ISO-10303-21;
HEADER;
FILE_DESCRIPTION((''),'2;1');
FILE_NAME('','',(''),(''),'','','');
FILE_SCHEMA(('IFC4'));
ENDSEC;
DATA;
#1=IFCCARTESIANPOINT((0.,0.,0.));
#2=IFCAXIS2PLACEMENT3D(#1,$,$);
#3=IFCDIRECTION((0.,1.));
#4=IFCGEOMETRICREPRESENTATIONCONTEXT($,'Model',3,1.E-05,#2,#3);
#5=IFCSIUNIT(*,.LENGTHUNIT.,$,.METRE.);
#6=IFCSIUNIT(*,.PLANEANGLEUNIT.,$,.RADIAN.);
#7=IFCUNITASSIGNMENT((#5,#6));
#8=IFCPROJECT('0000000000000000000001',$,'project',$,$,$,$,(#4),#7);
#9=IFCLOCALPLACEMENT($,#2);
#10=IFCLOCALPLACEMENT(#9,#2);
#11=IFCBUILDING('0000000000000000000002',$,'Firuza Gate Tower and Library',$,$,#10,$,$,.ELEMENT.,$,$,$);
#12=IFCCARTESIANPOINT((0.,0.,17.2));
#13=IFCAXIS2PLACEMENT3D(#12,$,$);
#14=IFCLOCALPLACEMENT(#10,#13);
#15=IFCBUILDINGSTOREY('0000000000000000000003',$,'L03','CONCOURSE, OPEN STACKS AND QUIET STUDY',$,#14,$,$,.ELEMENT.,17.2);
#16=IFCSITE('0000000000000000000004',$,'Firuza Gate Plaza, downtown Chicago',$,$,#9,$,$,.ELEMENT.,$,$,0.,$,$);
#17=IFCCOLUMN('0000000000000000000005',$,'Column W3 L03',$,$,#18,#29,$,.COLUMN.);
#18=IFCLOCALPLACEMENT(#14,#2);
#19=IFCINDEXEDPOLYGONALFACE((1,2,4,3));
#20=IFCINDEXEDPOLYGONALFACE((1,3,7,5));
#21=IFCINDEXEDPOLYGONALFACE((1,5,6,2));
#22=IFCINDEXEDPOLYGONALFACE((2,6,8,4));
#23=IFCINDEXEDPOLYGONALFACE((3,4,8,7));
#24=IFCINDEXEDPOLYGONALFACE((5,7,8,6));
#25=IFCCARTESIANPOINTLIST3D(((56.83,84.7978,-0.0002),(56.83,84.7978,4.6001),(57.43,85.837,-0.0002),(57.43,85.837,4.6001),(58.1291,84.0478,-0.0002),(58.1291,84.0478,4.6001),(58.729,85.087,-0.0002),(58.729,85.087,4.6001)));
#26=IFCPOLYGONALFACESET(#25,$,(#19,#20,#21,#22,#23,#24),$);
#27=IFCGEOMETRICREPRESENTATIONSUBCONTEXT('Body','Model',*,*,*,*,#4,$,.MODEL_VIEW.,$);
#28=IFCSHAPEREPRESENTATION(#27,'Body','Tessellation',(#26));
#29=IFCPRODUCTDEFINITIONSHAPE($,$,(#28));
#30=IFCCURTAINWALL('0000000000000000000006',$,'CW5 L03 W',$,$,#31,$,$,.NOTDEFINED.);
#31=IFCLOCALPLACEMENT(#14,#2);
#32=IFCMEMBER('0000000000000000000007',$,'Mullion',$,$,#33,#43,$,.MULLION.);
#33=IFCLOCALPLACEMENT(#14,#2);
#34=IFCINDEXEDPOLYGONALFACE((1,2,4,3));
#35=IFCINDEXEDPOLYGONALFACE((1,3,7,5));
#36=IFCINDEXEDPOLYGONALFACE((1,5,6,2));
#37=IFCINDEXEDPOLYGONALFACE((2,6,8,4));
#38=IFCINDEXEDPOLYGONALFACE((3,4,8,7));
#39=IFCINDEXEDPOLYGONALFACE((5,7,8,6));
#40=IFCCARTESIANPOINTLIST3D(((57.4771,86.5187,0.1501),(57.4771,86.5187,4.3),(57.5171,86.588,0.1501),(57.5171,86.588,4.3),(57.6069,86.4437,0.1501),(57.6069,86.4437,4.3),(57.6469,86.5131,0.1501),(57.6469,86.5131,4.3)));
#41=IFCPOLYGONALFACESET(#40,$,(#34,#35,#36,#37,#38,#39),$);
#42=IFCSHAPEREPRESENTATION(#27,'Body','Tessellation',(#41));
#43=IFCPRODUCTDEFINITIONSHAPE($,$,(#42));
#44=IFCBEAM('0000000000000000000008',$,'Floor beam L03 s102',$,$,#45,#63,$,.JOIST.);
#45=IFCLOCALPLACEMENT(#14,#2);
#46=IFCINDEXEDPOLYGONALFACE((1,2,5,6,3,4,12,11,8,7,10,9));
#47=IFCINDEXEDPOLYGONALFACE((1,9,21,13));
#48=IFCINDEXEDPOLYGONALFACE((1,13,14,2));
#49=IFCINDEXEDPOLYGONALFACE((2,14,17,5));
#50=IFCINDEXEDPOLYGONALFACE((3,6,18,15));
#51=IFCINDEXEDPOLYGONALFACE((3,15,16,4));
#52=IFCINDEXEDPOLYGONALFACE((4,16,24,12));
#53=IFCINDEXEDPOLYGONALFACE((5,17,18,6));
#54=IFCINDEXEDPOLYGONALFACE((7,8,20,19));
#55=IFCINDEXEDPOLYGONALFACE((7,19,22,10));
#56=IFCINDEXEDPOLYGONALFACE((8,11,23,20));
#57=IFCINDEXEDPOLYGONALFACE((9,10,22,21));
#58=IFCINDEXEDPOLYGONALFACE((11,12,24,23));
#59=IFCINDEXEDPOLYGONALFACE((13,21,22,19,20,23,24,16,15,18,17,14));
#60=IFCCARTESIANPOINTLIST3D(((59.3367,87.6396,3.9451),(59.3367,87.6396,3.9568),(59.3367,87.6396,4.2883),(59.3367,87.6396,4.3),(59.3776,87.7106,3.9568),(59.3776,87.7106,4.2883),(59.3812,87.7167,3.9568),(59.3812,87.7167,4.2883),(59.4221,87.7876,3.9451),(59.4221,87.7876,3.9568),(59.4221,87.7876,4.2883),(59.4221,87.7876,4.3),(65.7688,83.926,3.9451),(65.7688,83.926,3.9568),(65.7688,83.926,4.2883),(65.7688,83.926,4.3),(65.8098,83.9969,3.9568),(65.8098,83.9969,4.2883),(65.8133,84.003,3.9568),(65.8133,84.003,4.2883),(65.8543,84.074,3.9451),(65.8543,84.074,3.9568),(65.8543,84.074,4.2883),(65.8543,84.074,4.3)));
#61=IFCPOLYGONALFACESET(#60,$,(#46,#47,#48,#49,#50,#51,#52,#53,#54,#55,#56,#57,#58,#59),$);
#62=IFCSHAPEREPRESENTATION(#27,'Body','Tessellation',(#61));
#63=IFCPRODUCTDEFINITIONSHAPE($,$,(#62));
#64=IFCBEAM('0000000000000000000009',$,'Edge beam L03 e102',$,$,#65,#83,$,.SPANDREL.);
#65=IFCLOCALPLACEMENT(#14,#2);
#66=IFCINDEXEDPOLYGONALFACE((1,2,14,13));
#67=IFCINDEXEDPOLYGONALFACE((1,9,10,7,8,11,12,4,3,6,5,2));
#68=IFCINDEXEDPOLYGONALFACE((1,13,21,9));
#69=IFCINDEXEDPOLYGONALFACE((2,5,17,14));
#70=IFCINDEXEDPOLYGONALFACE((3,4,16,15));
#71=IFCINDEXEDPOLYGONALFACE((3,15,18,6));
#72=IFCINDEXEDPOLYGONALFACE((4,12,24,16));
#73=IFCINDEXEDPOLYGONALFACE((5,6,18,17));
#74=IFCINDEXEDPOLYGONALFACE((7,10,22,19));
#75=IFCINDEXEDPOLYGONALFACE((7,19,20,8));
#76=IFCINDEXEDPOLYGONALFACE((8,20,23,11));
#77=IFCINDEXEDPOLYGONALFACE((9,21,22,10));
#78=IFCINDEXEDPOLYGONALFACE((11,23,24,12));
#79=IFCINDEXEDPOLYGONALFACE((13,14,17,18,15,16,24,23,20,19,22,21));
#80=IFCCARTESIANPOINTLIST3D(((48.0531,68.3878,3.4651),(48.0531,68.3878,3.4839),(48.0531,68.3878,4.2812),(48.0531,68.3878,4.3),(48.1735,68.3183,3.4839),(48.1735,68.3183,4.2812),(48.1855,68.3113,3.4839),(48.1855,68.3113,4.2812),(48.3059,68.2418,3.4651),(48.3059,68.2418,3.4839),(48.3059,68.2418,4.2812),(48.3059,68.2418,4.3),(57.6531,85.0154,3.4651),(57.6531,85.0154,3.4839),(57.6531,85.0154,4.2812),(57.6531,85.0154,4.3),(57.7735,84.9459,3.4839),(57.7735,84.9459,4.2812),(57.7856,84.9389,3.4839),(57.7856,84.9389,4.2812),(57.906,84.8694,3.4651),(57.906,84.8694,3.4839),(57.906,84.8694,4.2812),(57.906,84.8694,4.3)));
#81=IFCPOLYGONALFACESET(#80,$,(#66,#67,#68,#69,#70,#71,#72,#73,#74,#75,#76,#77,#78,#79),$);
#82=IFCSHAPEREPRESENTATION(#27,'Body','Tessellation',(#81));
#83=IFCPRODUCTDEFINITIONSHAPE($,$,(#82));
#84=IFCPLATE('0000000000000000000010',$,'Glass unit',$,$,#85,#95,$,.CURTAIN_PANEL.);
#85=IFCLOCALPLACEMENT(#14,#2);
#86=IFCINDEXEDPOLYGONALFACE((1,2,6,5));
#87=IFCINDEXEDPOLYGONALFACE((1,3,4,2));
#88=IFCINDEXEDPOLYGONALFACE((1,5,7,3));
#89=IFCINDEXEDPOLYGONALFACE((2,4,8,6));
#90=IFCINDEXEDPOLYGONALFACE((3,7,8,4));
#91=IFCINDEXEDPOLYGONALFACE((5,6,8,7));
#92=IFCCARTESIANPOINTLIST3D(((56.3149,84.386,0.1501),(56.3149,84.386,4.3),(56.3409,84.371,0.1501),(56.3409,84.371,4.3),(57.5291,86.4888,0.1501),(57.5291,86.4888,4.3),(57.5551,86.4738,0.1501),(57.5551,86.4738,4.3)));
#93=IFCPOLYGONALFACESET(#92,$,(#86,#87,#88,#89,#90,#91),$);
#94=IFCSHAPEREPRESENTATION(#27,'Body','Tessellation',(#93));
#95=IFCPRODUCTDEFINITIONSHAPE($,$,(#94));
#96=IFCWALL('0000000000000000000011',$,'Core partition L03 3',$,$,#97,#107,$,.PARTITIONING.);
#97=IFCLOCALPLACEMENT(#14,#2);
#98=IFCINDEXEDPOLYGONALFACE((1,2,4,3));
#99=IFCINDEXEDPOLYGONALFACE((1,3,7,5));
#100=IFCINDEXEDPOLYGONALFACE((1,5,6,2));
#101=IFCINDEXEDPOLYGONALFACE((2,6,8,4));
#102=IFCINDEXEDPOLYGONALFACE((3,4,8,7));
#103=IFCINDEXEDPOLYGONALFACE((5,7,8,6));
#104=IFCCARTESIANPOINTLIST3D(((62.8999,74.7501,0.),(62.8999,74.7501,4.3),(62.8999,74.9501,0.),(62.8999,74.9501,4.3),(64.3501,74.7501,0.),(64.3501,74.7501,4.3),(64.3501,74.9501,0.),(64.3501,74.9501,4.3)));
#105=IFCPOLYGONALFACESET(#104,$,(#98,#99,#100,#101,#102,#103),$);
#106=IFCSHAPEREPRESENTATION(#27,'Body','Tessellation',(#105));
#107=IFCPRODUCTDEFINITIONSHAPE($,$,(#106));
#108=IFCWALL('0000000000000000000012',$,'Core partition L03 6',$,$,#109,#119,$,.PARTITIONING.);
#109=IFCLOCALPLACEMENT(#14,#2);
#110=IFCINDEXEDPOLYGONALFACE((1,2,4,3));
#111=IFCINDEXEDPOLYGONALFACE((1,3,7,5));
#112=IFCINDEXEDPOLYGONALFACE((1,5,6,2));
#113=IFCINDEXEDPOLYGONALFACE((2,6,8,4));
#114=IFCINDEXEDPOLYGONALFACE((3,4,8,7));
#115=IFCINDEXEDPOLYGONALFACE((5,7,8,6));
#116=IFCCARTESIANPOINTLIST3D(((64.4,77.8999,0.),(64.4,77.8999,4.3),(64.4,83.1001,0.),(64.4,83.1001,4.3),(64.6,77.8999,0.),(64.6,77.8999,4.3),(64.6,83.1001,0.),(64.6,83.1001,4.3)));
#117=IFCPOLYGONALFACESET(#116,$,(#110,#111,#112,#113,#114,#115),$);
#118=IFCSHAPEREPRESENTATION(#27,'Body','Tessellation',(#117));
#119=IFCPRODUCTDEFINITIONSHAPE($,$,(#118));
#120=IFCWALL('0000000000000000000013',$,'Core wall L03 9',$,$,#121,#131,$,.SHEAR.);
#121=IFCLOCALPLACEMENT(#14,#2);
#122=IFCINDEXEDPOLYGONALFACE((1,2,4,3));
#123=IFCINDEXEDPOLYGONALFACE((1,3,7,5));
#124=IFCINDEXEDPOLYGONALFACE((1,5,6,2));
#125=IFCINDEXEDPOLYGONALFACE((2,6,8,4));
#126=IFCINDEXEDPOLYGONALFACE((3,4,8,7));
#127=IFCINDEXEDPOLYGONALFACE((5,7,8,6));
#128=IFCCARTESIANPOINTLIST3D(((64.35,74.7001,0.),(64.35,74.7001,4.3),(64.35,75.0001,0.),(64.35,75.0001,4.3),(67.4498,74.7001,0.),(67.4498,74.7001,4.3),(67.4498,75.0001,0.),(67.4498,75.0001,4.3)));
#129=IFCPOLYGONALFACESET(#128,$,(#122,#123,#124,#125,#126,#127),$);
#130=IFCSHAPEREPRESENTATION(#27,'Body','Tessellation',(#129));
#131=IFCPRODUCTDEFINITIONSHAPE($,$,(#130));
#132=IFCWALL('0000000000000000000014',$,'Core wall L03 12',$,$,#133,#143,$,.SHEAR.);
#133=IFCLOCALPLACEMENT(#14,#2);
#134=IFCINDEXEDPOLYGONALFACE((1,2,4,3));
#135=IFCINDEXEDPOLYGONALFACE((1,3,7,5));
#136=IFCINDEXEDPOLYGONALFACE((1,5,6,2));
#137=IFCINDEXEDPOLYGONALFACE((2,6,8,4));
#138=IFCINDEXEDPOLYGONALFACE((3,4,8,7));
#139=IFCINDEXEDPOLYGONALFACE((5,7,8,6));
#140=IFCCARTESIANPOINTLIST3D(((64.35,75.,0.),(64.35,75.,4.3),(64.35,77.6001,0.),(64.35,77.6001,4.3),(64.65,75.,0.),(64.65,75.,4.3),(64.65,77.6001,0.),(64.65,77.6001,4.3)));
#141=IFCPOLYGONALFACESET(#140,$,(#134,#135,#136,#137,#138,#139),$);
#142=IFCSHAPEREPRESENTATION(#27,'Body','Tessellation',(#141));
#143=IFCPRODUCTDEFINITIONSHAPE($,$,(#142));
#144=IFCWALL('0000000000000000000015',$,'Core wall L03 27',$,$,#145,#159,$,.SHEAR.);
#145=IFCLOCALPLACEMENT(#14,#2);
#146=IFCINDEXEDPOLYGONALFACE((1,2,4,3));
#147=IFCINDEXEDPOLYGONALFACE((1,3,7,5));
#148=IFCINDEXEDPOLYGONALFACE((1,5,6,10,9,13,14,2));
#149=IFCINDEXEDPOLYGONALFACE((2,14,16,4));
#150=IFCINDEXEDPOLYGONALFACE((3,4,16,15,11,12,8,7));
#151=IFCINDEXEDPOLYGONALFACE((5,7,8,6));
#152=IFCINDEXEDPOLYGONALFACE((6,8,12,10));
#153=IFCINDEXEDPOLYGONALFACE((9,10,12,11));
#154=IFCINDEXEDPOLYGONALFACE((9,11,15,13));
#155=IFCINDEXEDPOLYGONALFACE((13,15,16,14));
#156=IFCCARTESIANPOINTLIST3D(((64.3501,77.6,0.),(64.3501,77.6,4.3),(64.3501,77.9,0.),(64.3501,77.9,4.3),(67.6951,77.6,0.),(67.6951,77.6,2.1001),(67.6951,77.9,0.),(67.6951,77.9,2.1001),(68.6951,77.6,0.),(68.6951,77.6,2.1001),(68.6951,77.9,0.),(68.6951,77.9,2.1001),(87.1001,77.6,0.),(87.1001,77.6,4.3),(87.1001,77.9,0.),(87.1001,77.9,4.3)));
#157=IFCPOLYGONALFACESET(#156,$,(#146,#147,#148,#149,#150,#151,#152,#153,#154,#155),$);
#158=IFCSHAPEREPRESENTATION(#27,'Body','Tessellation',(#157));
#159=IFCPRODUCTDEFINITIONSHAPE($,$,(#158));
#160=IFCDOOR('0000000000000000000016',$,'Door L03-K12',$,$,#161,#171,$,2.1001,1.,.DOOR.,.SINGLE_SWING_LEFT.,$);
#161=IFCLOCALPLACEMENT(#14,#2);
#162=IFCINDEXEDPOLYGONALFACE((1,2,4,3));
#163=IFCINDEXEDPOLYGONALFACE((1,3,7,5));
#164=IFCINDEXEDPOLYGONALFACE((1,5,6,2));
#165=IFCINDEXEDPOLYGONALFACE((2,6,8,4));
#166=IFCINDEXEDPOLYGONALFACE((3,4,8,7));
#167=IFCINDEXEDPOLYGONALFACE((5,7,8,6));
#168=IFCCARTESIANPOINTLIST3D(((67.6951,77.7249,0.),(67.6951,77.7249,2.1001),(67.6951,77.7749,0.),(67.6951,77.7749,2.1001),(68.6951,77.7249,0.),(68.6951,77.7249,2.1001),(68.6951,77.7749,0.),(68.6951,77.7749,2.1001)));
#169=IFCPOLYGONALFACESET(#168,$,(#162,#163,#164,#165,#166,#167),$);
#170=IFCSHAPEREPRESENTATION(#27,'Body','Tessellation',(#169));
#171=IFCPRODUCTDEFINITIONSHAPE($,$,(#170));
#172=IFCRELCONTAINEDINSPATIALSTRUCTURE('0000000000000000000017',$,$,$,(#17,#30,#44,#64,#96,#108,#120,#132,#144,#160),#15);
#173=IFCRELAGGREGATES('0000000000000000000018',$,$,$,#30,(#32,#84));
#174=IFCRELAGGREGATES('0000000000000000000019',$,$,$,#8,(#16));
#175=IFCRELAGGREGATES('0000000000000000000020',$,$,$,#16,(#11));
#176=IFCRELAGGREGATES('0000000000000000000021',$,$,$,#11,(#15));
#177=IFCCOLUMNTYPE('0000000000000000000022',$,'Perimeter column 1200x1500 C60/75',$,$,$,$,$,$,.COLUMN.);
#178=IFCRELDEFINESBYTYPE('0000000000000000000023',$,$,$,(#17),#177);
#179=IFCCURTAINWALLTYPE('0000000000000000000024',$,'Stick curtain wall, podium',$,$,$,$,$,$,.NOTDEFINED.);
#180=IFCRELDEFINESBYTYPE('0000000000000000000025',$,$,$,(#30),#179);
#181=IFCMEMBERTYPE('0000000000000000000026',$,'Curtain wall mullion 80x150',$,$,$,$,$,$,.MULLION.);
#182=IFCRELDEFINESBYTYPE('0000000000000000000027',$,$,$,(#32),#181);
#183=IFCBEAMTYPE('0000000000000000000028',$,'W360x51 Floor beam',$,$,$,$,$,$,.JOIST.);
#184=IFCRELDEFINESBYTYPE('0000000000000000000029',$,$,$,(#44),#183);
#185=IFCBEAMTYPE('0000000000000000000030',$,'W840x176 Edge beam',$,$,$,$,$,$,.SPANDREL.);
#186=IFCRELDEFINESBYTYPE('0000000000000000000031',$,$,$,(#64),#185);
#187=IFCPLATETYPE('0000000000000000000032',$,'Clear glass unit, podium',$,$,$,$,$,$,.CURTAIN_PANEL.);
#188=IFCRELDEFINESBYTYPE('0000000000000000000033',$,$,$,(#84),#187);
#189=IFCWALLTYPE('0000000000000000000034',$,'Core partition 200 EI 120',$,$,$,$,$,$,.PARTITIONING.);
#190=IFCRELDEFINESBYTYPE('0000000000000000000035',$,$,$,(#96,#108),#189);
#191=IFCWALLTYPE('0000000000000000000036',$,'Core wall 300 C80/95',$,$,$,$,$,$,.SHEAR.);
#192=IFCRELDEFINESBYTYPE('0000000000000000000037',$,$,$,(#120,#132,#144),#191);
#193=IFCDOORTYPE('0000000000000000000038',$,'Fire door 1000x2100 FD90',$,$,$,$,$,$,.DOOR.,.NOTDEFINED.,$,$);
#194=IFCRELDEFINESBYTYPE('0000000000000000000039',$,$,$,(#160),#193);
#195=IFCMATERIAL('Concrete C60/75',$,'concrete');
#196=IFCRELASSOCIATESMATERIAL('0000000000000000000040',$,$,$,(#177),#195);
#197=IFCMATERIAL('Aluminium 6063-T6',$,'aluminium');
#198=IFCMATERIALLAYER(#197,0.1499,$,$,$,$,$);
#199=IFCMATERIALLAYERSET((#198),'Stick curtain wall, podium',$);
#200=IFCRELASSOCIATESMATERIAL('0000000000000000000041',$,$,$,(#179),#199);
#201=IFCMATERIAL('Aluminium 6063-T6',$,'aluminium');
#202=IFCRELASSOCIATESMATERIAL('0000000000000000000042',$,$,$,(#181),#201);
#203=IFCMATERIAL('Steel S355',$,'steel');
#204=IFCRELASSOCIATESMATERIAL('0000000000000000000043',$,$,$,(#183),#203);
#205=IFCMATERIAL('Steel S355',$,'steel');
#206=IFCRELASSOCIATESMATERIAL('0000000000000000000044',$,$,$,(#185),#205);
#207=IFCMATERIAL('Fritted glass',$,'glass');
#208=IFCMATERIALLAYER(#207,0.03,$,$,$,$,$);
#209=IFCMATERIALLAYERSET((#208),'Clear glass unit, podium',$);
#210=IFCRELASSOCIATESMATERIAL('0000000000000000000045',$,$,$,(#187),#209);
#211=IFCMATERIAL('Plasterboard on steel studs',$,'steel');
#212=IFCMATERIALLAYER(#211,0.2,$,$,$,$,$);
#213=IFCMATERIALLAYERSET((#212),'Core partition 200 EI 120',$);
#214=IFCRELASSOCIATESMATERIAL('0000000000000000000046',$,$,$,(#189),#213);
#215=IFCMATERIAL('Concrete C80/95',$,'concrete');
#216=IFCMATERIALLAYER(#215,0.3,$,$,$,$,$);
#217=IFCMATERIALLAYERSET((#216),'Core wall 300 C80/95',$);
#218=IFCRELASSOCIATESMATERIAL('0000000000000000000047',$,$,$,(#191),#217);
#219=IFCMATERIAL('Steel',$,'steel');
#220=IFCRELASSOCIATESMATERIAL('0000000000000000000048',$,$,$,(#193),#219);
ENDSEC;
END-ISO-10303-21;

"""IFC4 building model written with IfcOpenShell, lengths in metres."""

from ifc_helpers import new_model, si_unit, direction, frame, frame_2d, origin, origin_2d, place, context, subcontext, project, spatial, polyline, rectangle, i_section, outline, extrude, material, layer, layer_set, material_profile, profile_set, type_object, element, fill, aggregate, save


model = new_model("IFC4")

# Units and contexts
model_context = context("Model", 3, precision=1e-05, world=origin(), true_north=direction((0.0, 1.0)))
body_context = subcontext(model_context, "Body", "Model", "MODEL_VIEW")
ifc_project = project(units=[si_unit("LENGTHUNIT", "METRE"), si_unit("PLANEANGLEUNIT", "RADIAN")], contexts=[model_context])

# Site, building, storey
site_placement = place(None, origin())
site = spatial("IfcSite", under=ifc_project, at=site_placement, Name="Firuza Gate Plaza, downtown Chicago", CompositionType="ELEMENT", RefElevation=0.0)
building_placement = place(site_placement, origin())
building = spatial("IfcBuilding", under=site, at=building_placement, Name="Firuza Gate Tower and Library", CompositionType="ELEMENT")
storey_placement = place(building_placement, frame((0.0, 0.0, 17.2)))
storey = spatial("IfcBuildingStorey", under=building, at=storey_placement, Name="L03", Description="CONCOURSE, OPEN STACKS AND QUIET STUDY", CompositionType="ELEMENT", Elevation=17.2)

# Column
ifc_material_1 = material(Name="Concrete C60/75", Category="concrete")
ifc_material_profile_1 = material_profile(ifc_material_1, rectangle(XDim=1.2, YDim=1.5, at=origin_2d()))
ifc_profile_set_1 = profile_set([ifc_material_profile_1], Name="Concrete C60/75")
column_type = type_object("IfcColumnType", Name="Perimeter column 1200x1500 C60/75", PredefinedType="COLUMN", material=ifc_profile_set_1)
column_placement = place(storey_placement, frame((57.7795, 84.9424, -0.0002), z_axis=(0.0, 0.0, 1.0), x_axis=(-0.5, -0.866025, 0.0)))
element("IfcColumn", 1, at=column_placement, inside=storey, type_object=column_type, Name="Column W3 L03", PredefinedType="COLUMN", context=body_context, shape_type="SweptSolid", body=[
    extrude(rectangle(XDim=1.2, YDim=1.5, at=origin_2d()), origin(), (0.0, 0.0, 1.0), 4.6003),
])

# Curtain wall, member
ifc_material_2 = material(Name="Aluminium 6063-T6", Category="aluminium")
ifc_layer_1 = layer(ifc_material_2, 0.1499)
ifc_layer_set_1 = layer_set([ifc_layer_1], Name="Stick curtain wall, podium")
curtain_wall_type = type_object("IfcCurtainWallType", Name="Stick curtain wall, podium", PredefinedType="NOTDEFINED", material=ifc_layer_set_1)
curtain_wall_placement = place(storey_placement, origin())
curtain_wall = element("IfcCurtainWall", 2, at=curtain_wall_placement, inside=storey, type_object=curtain_wall_type, Name="CW5 L03 W", PredefinedType="NOTDEFINED")
ifc_material_3 = material(Name="Aluminium 6063-T6", Category="aluminium")
ifc_material_profile_2 = material_profile(ifc_material_3, rectangle(XDim=0.1499, YDim=0.0801, at=origin_2d()))
ifc_profile_set_2 = profile_set([ifc_material_profile_2], Name="Aluminium 6063-T6")
member_type = type_object("IfcMemberType", Name="Curtain wall mullion 80x150", PredefinedType="MULLION", material=ifc_profile_set_2)
member_placement = place(storey_placement, frame((57.562, 86.5159, 0.1501), z_axis=(0.0, 0.0, 1.0), x_axis=(0.866025, -0.5, 0.0)))
member = element("IfcMember", 3, at=member_placement, type_object=member_type, Name="Mullion", PredefinedType="MULLION", context=body_context, shape_type="SweptSolid", body=[
    extrude(rectangle(XDim=0.1499, YDim=0.0801, at=origin_2d()), origin(), (0.0, 0.0, 1.0), 4.1499),
])

# Beams
ifc_material_4 = material(Name="Steel S355", Category="steel")
ifc_material_profile_3 = material_profile(ifc_material_4, i_section(OverallWidth=0.1709, OverallDepth=0.355, WebThickness=0.0071, FlangeThickness=0.0117, at=origin_2d()))
ifc_profile_set_3 = profile_set([ifc_material_profile_3], Name="Steel S355")
beam_type_1 = type_object("IfcBeamType", Name="W360x51 Floor beam", PredefinedType="JOIST", material=ifc_profile_set_3)
beam_1_placement = place(storey_placement, frame((59.3794, 87.7136, 4.1226), z_axis=(0.866024, -0.500003, 0.0), x_axis=(0.500003, 0.866024, 0.0)))
element("IfcBeam", 4, at=beam_1_placement, inside=storey, type_object=beam_type_1, Name="Floor beam L03 s102", PredefinedType="JOIST", context=body_context, shape_type="SweptSolid", body=[
    extrude(i_section(OverallWidth=0.1709, OverallDepth=0.355, WebThickness=0.0071, FlangeThickness=0.0117, at=origin_2d()), origin(), (0.0, 0.0, 1.0), 7.4272),
])
ifc_material_5 = material(Name="Steel S355", Category="steel")
ifc_material_profile_4 = material_profile(ifc_material_5, i_section(OverallWidth=0.292, OverallDepth=0.835, WebThickness=0.0139, FlangeThickness=0.0188, at=origin_2d()))
ifc_profile_set_4 = profile_set([ifc_material_profile_4], Name="Steel S355")
beam_type_2 = type_object("IfcBeamType", Name="W840x176 Edge beam", PredefinedType="SPANDREL", material=ifc_profile_set_4)
beam_2_placement = place(storey_placement, frame((57.7795, 84.9424, 3.8826), z_axis=(-0.500004, -0.866023, 0.0), x_axis=(0.866023, -0.500004, 0.0)))
element("IfcBeam", 5, at=beam_2_placement, inside=storey, type_object=beam_type_2, Name="Edge beam L03 e102", PredefinedType="SPANDREL", context=body_context, shape_type="SweptSolid", body=[
    extrude(i_section(OverallWidth=0.292, OverallDepth=0.835, WebThickness=0.0139, FlangeThickness=0.0188, at=origin_2d()), origin(), (0.0, 0.0, 1.0), 19.2),
])

# Plate
ifc_material_6 = material(Name="Fritted glass", Category="glass")
ifc_layer_2 = layer(ifc_material_6, 0.03)
ifc_layer_set_2 = layer_set([ifc_layer_2], Name="Clear glass unit, podium")
plate_type = type_object("IfcPlateType", Name="Clear glass unit, podium", PredefinedType="CURTAIN_PANEL", material=ifc_layer_set_2)
plate_placement = place(storey_placement, frame((57.5291, 86.4888, 0.1501), z_axis=(-0.866013, 0.500021, 0.0), x_axis=(-0.500021, -0.866013, 0.0)))
plate = element("IfcPlate", 6, at=plate_placement, type_object=plate_type, Name="Glass unit", PredefinedType="CURTAIN_PANEL", context=body_context, shape_type="SweptSolid", body=[
    extrude(outline(polyline([(0.0, 0.0), (2.4281, 0.0), (2.4281, 4.1499), (0.0, 4.1499), (0.0, 0.0)])), origin(), (0.0, 0.0, -1.0), 0.03),
])
aggregate(curtain_wall, [member, plate])

# Walls
ifc_material_7 = material(Name="Plasterboard on steel studs", Category="steel")
ifc_layer_3 = layer(ifc_material_7, 0.2)
ifc_layer_set_3 = layer_set([ifc_layer_3], Name="Core partition 200 EI 120")
wall_type_1 = type_object("IfcWallType", Name="Core partition 200 EI 120", PredefinedType="PARTITIONING", material=ifc_layer_set_3)
wall_1_placement = place(storey_placement, frame((62.8999, 74.8501, 0.0), z_axis=(0.0, 0.0, 1.0), x_axis=(1.0, 0.0, 0.0)))
element("IfcWall", 7, at=wall_1_placement, inside=storey, type_object=wall_type_1, Name="Core partition L03 3", PredefinedType="PARTITIONING", context=body_context, shape_type="SweptSolid", body=[
    extrude(rectangle(XDim=1.4502, YDim=0.2, at=frame_2d((0.7251, 0.0))), origin(), (0.0, 0.0, 1.0), 4.3),
])
wall_2_placement = place(storey_placement, frame((64.5, 77.8999, 0.0), z_axis=(0.0, 0.0, 1.0), x_axis=(0.0, 1.0, 0.0)))
element("IfcWall", 8, at=wall_2_placement, inside=storey, type_object=wall_type_1, Name="Core partition L03 6", PredefinedType="PARTITIONING", context=body_context, shape_type="SweptSolid", body=[
    extrude(rectangle(XDim=5.2002, YDim=0.2, at=frame_2d((2.6001, 0.0))), origin(), (0.0, 0.0, 1.0), 4.3),
])
ifc_material_8 = material(Name="Concrete C80/95", Category="concrete")
ifc_layer_4 = layer(ifc_material_8, 0.3)
ifc_layer_set_4 = layer_set([ifc_layer_4], Name="Core wall 300 C80/95")
wall_type_2 = type_object("IfcWallType", Name="Core wall 300 C80/95", PredefinedType="SHEAR", material=ifc_layer_set_4)
wall_3_placement = place(storey_placement, frame((64.3501, 74.8501, 0.0), z_axis=(0.0, 0.0, 1.0), x_axis=(1.0, 0.0, 0.0)))
element("IfcWall", 9, at=wall_3_placement, inside=storey, type_object=wall_type_2, Name="Core wall L03 9", PredefinedType="SHEAR", context=body_context, shape_type="SweptSolid", body=[
    extrude(rectangle(XDim=3.0999, YDim=0.3, at=frame_2d((1.5498, 0.0))), origin(), (0.0, 0.0, 1.0), 4.3),
])
wall_4_placement = place(storey_placement, frame((64.5, 75.0, 0.0), z_axis=(0.0, 0.0, 1.0), x_axis=(0.0, 1.0, 0.0)))
element("IfcWall", 10, at=wall_4_placement, inside=storey, type_object=wall_type_2, Name="Core wall L03 12", PredefinedType="SHEAR", context=body_context, shape_type="SweptSolid", body=[
    extrude(rectangle(XDim=2.6001, YDim=0.3, at=frame_2d((1.3, 0.0))), origin(), (0.0, 0.0, 1.0), 4.3),
])

# Wall, opening, door
wall_5_placement = place(storey_placement, frame((64.3501, 77.75, 0.0), z_axis=(0.0, 0.0, 1.0), x_axis=(1.0, 0.0, 0.0)))
wall_5 = element("IfcWall", 11, at=wall_5_placement, inside=storey, type_object=wall_type_2, Name="Core wall L03 27", PredefinedType="SHEAR", context=body_context, shape_type="SweptSolid", body=[
    extrude(rectangle(XDim=22.75, YDim=0.3, at=frame_2d((11.375, 0.0))), origin(), (0.0, 0.0, 1.0), 4.3),
])
opening_1_placement = place(wall_5_placement, frame((3.345, 0.0, 0.0)))
opening_1 = element("IfcOpeningElement", 12, at=opening_1_placement, cuts=wall_5, PredefinedType="OPENING", context=body_context, shape_type="SweptSolid", body=[
    extrude(rectangle(XDim=1.0, YDim=2.1001, at=frame_2d((0.5, 1.05))), frame((0.0, 0.1602, 0.0), z_axis=(0.0, -1.0, 0.0), x_axis=(1.0, 0.0, 0.0)), (0.0, 0.0, 1.0), 0.3201),
])
ifc_material_9 = material(Name="Steel", Category="steel")
door_type_1 = type_object("IfcDoorType", Name="Fire door 1000x2100 FD90", OperationType="NOTDEFINED", PredefinedType="DOOR", material=ifc_material_9)
door_1_placement = place(opening_1_placement, origin())
door_1 = element("IfcDoor", 13, at=door_1_placement, inside=storey, type_object=door_type_1, Name="Door L03-K12", OperationType="SINGLE_SWING_LEFT", OverallHeight=2.1001, OverallWidth=1.0, PredefinedType="DOOR", context=body_context, shape_type="SweptSolid", body=[
    extrude(rectangle(XDim=1.0, YDim=2.1001, at=frame_2d((0.5, 1.05))), frame((0.0, 0.0249, 0.0), z_axis=(0.0, -1.0, 0.0), x_axis=(1.0, 0.0, 0.0)), (0.0, 0.0, 1.0), 0.05),
])
fill(opening_1, door_1)

save(model, "model.ifc")
